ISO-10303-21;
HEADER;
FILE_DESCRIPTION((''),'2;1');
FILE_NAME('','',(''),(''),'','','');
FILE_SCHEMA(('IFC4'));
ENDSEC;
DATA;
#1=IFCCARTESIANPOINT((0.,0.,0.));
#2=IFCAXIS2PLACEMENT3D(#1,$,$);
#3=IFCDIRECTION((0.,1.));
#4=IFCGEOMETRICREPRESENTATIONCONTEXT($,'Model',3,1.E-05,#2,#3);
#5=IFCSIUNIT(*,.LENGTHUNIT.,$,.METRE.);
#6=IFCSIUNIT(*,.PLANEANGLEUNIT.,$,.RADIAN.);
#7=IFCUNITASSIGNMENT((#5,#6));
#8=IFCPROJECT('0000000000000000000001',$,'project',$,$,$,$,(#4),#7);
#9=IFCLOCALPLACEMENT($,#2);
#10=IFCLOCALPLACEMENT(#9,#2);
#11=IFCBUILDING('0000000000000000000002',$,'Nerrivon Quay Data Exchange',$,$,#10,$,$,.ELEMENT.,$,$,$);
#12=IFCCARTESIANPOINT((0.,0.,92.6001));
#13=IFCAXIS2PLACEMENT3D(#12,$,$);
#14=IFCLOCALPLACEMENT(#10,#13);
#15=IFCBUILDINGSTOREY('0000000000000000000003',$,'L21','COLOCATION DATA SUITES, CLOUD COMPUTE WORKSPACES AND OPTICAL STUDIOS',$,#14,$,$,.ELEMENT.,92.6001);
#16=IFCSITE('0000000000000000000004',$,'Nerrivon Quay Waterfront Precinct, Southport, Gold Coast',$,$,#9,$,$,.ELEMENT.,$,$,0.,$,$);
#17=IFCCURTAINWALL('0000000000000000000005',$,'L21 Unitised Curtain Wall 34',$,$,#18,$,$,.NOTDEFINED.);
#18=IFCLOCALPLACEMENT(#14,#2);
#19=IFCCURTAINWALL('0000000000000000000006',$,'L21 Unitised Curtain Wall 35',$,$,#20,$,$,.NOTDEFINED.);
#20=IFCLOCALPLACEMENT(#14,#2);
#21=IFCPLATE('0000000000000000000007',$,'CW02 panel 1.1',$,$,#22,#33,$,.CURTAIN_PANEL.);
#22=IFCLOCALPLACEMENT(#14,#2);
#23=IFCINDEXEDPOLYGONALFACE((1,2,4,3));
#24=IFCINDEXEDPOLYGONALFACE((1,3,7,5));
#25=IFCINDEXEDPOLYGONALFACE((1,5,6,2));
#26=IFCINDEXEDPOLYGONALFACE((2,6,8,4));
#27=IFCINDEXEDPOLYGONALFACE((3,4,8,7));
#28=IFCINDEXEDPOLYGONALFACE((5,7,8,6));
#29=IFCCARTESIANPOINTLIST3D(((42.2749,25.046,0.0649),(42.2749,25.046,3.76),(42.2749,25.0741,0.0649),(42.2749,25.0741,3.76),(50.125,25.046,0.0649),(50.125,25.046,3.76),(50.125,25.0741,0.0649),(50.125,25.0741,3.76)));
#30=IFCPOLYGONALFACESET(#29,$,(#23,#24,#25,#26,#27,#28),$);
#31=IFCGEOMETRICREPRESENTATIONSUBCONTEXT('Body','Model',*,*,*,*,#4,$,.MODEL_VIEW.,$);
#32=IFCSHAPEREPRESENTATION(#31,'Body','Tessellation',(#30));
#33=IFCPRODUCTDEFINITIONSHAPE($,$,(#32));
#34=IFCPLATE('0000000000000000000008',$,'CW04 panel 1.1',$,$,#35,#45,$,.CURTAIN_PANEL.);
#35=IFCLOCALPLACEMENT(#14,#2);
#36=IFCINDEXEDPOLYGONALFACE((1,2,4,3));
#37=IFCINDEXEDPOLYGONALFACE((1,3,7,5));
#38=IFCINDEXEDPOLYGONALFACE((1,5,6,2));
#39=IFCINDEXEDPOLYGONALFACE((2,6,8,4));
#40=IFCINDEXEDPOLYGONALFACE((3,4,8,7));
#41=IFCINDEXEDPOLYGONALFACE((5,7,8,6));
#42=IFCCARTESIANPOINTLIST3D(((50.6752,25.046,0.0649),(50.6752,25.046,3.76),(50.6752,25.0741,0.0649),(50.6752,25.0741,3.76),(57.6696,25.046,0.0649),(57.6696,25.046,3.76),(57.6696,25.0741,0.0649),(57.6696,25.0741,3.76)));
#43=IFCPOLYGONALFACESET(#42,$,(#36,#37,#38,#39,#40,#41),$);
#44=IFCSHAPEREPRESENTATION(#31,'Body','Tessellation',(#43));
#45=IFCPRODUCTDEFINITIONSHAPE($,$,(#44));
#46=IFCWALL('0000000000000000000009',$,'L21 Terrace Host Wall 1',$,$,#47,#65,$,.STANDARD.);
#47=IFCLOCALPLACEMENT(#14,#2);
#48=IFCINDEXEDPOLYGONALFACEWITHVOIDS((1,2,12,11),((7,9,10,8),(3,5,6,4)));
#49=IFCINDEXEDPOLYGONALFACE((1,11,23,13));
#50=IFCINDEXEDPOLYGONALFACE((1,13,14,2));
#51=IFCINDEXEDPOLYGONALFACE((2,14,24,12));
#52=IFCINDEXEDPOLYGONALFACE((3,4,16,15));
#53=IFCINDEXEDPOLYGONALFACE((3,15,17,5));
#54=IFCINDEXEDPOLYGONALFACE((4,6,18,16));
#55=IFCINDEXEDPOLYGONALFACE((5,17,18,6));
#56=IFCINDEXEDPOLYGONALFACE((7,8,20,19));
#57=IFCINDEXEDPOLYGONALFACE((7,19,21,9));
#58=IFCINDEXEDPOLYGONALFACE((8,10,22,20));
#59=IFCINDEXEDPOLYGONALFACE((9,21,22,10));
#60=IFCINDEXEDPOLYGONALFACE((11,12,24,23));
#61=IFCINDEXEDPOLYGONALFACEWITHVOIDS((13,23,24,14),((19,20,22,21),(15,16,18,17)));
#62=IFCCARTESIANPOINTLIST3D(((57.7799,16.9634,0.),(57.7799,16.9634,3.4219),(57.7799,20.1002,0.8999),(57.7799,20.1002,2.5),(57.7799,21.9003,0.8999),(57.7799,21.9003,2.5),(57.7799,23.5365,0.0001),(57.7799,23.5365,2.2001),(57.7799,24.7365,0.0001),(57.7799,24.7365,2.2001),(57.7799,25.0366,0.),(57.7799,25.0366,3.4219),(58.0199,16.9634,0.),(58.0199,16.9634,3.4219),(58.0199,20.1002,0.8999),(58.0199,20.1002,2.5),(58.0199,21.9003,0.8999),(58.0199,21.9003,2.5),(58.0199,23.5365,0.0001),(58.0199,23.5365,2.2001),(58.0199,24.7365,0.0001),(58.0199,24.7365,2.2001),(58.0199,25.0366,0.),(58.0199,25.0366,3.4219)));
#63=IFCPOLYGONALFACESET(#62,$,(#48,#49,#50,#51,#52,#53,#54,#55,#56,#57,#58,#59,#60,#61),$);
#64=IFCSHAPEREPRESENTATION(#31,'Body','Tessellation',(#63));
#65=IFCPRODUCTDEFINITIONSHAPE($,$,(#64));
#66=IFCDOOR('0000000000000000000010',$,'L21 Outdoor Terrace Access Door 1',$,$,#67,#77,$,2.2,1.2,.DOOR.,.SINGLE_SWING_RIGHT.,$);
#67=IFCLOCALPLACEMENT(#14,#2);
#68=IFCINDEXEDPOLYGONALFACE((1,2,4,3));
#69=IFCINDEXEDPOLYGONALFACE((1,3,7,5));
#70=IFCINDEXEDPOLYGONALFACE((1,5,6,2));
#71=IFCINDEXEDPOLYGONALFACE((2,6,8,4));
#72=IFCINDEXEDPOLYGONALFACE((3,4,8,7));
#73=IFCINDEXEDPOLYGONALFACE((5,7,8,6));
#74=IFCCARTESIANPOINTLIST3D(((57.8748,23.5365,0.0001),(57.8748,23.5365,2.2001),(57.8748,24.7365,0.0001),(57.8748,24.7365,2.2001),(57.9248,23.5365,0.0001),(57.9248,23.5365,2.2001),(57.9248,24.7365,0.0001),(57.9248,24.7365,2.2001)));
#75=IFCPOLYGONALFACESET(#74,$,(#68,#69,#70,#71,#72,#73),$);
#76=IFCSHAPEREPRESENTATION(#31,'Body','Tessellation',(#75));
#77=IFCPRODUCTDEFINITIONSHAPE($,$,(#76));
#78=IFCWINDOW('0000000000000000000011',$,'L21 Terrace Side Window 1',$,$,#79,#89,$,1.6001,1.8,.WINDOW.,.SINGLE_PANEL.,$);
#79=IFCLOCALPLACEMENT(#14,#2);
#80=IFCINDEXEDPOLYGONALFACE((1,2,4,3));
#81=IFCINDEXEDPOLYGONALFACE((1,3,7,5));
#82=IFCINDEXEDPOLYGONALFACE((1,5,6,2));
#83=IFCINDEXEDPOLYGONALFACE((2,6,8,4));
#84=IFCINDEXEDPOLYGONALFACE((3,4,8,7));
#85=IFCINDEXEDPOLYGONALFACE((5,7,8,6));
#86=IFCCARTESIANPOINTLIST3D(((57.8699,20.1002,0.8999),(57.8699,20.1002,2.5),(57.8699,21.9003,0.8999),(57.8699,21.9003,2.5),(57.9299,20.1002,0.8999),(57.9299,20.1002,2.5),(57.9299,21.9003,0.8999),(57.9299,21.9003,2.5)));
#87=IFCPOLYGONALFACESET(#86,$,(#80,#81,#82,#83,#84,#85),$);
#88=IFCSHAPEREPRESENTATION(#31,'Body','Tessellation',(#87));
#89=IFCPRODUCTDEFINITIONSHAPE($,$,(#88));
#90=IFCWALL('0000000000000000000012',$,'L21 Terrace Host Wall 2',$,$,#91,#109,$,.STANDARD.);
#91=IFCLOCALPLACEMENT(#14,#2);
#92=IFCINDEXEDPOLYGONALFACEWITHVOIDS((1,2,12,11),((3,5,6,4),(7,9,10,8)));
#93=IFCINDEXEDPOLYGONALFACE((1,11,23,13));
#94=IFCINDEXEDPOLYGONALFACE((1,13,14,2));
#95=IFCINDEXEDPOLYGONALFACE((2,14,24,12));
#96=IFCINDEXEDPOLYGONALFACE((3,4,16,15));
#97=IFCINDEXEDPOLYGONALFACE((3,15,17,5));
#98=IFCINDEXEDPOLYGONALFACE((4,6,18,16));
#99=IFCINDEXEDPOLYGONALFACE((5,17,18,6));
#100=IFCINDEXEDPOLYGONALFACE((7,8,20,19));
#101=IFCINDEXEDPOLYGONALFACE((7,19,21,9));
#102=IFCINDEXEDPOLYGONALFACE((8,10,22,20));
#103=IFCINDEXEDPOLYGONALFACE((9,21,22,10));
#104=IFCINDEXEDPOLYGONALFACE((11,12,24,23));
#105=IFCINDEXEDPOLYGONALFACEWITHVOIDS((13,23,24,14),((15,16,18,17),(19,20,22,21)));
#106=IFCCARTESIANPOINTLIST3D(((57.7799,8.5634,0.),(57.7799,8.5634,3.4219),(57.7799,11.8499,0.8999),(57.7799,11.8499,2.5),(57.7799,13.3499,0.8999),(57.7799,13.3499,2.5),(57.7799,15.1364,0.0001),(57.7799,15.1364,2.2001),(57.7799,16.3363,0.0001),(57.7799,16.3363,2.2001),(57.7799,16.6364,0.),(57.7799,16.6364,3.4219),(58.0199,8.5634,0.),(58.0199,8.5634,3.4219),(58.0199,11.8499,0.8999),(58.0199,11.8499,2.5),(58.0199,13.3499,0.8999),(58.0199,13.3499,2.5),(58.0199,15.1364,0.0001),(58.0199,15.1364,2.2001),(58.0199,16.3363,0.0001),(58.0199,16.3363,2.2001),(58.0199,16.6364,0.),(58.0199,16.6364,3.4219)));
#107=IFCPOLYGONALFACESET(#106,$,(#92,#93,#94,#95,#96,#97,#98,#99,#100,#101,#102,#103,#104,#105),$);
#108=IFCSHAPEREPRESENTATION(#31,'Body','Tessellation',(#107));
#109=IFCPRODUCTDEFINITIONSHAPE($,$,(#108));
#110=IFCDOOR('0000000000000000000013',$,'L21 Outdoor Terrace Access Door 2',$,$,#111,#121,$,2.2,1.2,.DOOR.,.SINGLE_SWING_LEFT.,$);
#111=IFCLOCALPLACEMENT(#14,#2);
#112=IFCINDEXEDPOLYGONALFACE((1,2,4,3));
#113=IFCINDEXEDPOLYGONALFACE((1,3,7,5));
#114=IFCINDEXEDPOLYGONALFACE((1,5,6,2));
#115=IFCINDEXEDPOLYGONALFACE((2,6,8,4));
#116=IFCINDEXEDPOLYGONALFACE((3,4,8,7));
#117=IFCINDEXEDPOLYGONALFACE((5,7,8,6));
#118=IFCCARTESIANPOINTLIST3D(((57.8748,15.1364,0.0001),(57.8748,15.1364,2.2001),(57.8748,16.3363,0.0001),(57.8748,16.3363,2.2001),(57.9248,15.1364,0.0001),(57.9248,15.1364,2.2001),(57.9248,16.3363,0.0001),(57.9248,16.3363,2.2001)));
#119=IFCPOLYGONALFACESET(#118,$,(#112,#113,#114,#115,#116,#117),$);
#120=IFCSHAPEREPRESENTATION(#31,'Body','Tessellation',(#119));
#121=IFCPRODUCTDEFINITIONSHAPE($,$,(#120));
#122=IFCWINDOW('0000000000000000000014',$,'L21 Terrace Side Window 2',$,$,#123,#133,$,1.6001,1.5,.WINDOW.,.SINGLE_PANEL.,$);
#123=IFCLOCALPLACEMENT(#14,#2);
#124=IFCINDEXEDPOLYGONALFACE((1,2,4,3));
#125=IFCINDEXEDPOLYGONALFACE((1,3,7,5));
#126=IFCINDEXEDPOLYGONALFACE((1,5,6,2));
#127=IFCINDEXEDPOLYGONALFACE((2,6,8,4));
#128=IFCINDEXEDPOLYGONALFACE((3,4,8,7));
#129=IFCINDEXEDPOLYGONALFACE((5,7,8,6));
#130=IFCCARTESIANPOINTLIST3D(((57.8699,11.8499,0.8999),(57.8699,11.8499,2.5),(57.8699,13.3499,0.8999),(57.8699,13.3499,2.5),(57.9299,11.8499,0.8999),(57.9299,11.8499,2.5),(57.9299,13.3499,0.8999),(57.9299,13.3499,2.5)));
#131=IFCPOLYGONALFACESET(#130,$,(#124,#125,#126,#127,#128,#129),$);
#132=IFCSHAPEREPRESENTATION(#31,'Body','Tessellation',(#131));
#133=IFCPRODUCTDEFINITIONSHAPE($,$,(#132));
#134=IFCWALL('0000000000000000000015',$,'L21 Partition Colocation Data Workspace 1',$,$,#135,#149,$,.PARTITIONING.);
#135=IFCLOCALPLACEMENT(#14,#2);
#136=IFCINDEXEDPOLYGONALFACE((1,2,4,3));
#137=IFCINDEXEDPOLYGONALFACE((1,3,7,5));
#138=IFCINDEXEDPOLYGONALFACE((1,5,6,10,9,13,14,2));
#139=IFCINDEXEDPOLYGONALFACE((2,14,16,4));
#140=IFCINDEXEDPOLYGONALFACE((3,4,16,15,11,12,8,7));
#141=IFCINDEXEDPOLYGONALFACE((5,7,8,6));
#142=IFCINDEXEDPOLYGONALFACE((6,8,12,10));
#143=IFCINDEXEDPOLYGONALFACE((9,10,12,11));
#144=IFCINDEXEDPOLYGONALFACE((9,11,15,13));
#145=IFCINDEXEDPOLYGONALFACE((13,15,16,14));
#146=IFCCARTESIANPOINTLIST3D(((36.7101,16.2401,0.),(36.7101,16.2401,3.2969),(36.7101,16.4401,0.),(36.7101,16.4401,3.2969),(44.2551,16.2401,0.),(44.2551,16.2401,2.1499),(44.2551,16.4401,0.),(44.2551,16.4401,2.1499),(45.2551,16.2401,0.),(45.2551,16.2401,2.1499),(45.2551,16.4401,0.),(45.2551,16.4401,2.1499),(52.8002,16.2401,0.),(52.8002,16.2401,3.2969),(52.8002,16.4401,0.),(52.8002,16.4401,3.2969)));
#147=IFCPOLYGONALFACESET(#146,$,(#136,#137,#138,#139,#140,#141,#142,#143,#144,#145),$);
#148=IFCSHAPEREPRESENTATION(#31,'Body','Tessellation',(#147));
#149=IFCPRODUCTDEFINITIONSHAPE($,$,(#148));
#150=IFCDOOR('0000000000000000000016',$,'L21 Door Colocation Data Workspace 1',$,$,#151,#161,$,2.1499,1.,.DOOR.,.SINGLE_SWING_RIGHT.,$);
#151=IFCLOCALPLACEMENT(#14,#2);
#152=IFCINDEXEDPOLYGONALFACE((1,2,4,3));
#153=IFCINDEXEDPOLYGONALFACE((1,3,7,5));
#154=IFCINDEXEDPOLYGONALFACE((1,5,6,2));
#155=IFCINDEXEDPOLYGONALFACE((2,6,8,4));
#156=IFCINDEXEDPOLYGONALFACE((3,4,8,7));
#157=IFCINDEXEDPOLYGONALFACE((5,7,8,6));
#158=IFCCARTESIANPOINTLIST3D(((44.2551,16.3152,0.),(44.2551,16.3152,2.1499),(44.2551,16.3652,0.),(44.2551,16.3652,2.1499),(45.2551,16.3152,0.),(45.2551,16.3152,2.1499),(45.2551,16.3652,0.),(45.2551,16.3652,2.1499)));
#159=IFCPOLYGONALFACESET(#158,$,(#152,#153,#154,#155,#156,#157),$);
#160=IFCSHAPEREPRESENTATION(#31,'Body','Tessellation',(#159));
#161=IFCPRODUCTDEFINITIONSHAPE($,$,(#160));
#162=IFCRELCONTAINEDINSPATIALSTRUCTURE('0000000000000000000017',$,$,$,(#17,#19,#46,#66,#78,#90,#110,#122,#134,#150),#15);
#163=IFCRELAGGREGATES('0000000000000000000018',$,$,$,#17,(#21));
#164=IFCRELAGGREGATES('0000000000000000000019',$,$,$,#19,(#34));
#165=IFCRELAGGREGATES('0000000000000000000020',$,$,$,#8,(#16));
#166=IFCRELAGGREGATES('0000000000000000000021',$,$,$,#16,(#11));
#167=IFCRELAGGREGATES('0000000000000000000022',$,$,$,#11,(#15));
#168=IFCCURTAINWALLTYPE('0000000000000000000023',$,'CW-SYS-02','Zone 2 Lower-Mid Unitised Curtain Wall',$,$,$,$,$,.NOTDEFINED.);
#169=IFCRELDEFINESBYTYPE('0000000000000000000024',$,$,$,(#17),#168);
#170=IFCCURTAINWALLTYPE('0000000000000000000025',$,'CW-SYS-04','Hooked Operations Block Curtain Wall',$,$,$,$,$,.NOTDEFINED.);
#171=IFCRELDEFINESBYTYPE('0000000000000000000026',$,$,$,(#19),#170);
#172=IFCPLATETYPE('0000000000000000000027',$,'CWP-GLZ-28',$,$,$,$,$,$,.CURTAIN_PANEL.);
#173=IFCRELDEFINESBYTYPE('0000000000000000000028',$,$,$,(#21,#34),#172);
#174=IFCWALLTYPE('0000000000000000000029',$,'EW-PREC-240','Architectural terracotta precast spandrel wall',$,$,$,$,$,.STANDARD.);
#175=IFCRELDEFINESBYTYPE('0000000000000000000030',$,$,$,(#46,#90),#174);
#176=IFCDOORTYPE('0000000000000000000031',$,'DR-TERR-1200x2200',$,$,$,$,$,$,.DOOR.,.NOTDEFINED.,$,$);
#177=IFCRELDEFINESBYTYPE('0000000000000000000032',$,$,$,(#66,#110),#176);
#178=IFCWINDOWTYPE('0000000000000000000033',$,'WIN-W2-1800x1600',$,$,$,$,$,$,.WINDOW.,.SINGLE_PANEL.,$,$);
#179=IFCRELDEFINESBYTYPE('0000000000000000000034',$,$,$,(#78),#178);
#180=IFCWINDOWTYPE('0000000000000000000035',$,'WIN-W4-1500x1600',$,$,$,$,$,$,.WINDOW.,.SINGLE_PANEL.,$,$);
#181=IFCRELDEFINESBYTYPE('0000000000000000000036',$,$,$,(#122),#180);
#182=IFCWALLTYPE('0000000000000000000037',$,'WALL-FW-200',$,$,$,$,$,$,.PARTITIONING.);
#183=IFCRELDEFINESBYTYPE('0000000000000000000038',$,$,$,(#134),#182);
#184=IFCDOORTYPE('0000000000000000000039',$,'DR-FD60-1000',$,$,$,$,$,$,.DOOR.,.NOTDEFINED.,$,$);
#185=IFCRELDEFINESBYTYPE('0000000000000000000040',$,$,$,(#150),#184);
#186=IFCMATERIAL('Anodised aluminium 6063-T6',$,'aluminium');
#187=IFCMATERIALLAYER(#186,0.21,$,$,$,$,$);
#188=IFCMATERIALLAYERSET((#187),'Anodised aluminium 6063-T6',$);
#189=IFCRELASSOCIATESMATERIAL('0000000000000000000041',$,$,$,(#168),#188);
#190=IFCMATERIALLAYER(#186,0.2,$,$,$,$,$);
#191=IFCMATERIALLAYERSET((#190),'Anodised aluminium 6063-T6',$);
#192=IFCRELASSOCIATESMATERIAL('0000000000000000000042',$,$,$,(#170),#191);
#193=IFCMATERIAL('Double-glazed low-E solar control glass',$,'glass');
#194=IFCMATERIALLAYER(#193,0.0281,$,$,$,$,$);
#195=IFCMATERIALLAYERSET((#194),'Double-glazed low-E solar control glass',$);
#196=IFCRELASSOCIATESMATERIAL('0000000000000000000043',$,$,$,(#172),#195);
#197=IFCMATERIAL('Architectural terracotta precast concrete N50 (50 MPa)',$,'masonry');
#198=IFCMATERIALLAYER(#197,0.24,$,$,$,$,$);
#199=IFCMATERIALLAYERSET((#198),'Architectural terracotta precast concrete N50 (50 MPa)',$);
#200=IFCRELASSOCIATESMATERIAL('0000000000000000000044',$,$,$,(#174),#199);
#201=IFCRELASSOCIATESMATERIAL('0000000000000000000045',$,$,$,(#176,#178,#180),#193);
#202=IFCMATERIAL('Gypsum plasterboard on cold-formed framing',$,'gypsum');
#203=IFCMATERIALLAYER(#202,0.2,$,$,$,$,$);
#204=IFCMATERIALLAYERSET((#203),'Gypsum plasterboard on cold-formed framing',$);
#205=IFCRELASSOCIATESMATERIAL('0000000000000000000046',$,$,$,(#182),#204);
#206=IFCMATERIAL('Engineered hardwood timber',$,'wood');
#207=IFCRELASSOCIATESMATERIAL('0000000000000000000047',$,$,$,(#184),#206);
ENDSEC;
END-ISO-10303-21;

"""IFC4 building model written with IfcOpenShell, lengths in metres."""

from ifc_helpers import new_model, si_unit, direction, frame, frame_2d, origin, origin_2d, place, context, subcontext, project, spatial, rectangle, extrude, material, layer, layer_set, type_object, element, fill, aggregate, save


model = new_model("IFC4")

# Units and contexts
model_context = context("Model", 3, precision=1e-05, world=origin(), true_north=direction((0.0, 1.0)))
body_context = subcontext(model_context, "Body", "Model", "MODEL_VIEW")
ifc_project = project(units=[si_unit("LENGTHUNIT", "METRE"), si_unit("PLANEANGLEUNIT", "RADIAN")], contexts=[model_context])

# Site, building, storey
site_placement = place(None, origin())
site = spatial("IfcSite", under=ifc_project, at=site_placement, Name="Nerrivon Quay Waterfront Precinct, Southport, Gold Coast", CompositionType="ELEMENT", RefElevation=0.0)
building_placement = place(site_placement, origin())
building = spatial("IfcBuilding", under=site, at=building_placement, Name="Nerrivon Quay Data Exchange", CompositionType="ELEMENT")
storey_placement = place(building_placement, frame((0.0, 0.0, 92.6001)))
storey = spatial("IfcBuildingStorey", under=building, at=storey_placement, Name="L21", Description="COLOCATION DATA SUITES, CLOUD COMPUTE WORKSPACES AND OPTICAL STUDIOS", CompositionType="ELEMENT", Elevation=92.6001)

# Curtain walls
ifc_material_1 = material(Name="Anodised aluminium 6063-T6", Category="aluminium")
ifc_layer_1 = layer(ifc_material_1, 0.21)
ifc_layer_set_1 = layer_set([ifc_layer_1], Name="Anodised aluminium 6063-T6")
curtain_wall_type_1 = type_object("IfcCurtainWallType", Name="CW-SYS-02", Description="Zone 2 Lower-Mid Unitised Curtain Wall", PredefinedType="NOTDEFINED", material=ifc_layer_set_1)
curtain_wall_1_placement = place(storey_placement, origin())
curtain_wall_1 = element("IfcCurtainWall", 1, at=curtain_wall_1_placement, inside=storey, type_object=curtain_wall_type_1, Name="L21 Unitised Curtain Wall 34", PredefinedType="NOTDEFINED")
ifc_layer_2 = layer(ifc_material_1, 0.2)
ifc_layer_set_2 = layer_set([ifc_layer_2], Name="Anodised aluminium 6063-T6")
curtain_wall_type_2 = type_object("IfcCurtainWallType", Name="CW-SYS-04", Description="Hooked Operations Block Curtain Wall", PredefinedType="NOTDEFINED", material=ifc_layer_set_2)
curtain_wall_2_placement = place(storey_placement, origin())
curtain_wall_2 = element("IfcCurtainWall", 2, at=curtain_wall_2_placement, inside=storey, type_object=curtain_wall_type_2, Name="L21 Unitised Curtain Wall 35", PredefinedType="NOTDEFINED")

# Plates
ifc_material_2 = material(Name="Double-glazed low-E solar control glass", Category="glass")
ifc_layer_3 = layer(ifc_material_2, 0.0281)
ifc_layer_set_3 = layer_set([ifc_layer_3], Name="Double-glazed low-E solar control glass")
plate_type = type_object("IfcPlateType", Name="CWP-GLZ-28", PredefinedType="CURTAIN_PANEL", material=ifc_layer_set_3)
plate_1_placement = place(storey_placement, frame((46.2, 25.0601, 0.0649), z_axis=(0.0, 0.0, 1.0), x_axis=(1.0, 0.0, 0.0)))
plate_1 = element("IfcPlate", 3, at=plate_1_placement, type_object=plate_type, Name="CW02 panel 1.1", PredefinedType="CURTAIN_PANEL", context=body_context, shape_type="SweptSolid", body=[
    extrude(rectangle(XDim=7.8501, YDim=0.0281, at=origin_2d()), origin(), (0.0, 0.0, 1.0), 3.6951),
])
aggregate(curtain_wall_1, [plate_1])
plate_2_placement = place(storey_placement, frame((54.1724, 25.0601, 0.0649), z_axis=(0.0, 0.0, 1.0), x_axis=(1.0, 0.0, 0.0)))
plate_2 = element("IfcPlate", 4, at=plate_2_placement, type_object=plate_type, Name="CW04 panel 1.1", PredefinedType="CURTAIN_PANEL", context=body_context, shape_type="SweptSolid", body=[
    extrude(rectangle(XDim=6.9944, YDim=0.0281, at=origin_2d()), origin(), (0.0, 0.0, 1.0), 3.6951),
])
aggregate(curtain_wall_2, [plate_2])

# Walls, openings, doors, windows
ifc_material_3 = material(Name="Architectural terracotta precast concrete N50 (50 MPa)", Category="masonry")
ifc_layer_4 = layer(ifc_material_3, 0.24)
ifc_layer_set_4 = layer_set([ifc_layer_4], Name="Architectural terracotta precast concrete N50 (50 MPa)")
wall_type_1 = type_object("IfcWallType", Name="EW-PREC-240", Description="Architectural terracotta precast spandrel wall", PredefinedType="STANDARD", material=ifc_layer_set_4)
wall_1_placement = place(storey_placement, frame((57.8999, 25.0366, 0.0), z_axis=(0.0, 0.0, 1.0), x_axis=(0.0, -1.0, 0.0)))
wall_1 = element("IfcWall", 5, at=wall_1_placement, inside=storey, type_object=wall_type_1, Name="L21 Terrace Host Wall 1", PredefinedType="STANDARD", context=body_context, shape_type="SweptSolid", body=[
    extrude(rectangle(XDim=8.0732, YDim=0.24, at=frame_2d((4.0366, 0.0))), origin(), (0.0, 0.0, 1.0), 3.4219),
])
opening_1_placement = place(wall_1_placement, frame((0.3, 0.0, 0.0)))
opening_1 = element("IfcOpeningElement", 6, at=opening_1_placement, cuts=wall_1, PredefinedType="OPENING", context=body_context, shape_type="SweptSolid", body=[
    extrude(rectangle(XDim=1.2, YDim=2.2, at=frame_2d((0.6001, 1.1001))), frame((0.0, 0.1299, 0.0), z_axis=(0.0, -1.0, 0.0), x_axis=(1.0, 0.0, 0.0)), (0.0, 0.0, 1.0), 0.26),
])
opening_2_placement = place(wall_1_placement, frame((3.1365, 0.0, 0.8999)))
opening_2 = element("IfcOpeningElement", 7, at=opening_2_placement, cuts=wall_1, PredefinedType="OPENING", context=body_context, shape_type="SweptSolid", body=[
    extrude(rectangle(XDim=1.8, YDim=1.6001, at=frame_2d((0.8999, 0.8))), frame((0.0, 0.1299, 0.0), z_axis=(0.0, -1.0, 0.0), x_axis=(1.0, 0.0, 0.0)), (0.0, 0.0, 1.0), 0.26),
])
door_type_1 = type_object("IfcDoorType", Name="DR-TERR-1200x2200", OperationType="NOTDEFINED", PredefinedType="DOOR", material=ifc_material_2)
door_1_placement = place(opening_1_placement, origin())
door_1 = element("IfcDoor", 8, at=door_1_placement, inside=storey, type_object=door_type_1, Name="L21 Outdoor Terrace Access Door 1", OperationType="SINGLE_SWING_RIGHT", OverallHeight=2.2, OverallWidth=1.2, PredefinedType="DOOR", context=body_context, shape_type="SweptSolid", body=[
    extrude(rectangle(XDim=1.2, YDim=2.2, at=frame_2d((0.6001, 1.1001))), frame((0.0, 0.0249, 0.0), z_axis=(0.0, -1.0, 0.0), x_axis=(1.0, 0.0, 0.0)), (0.0, 0.0, 1.0), 0.05),
])
fill(opening_1, door_1)
window_type_1 = type_object("IfcWindowType", Name="WIN-W2-1800x1600", PartitioningType="SINGLE_PANEL", PredefinedType="WINDOW", material=ifc_material_2)
window_1_placement = place(opening_2_placement, origin())
window_1 = element("IfcWindow", 9, at=window_1_placement, inside=storey, type_object=window_type_1, Name="L21 Terrace Side Window 1", OverallHeight=1.6001, OverallWidth=1.8, PartitioningType="SINGLE_PANEL", PredefinedType="WINDOW", context=body_context, shape_type="SweptSolid", body=[
    extrude(rectangle(XDim=1.8, YDim=1.6001, at=frame_2d((0.8999, 0.8))), frame((0.0, 0.03, 0.0), z_axis=(0.0, -1.0, 0.0), x_axis=(1.0, 0.0, 0.0)), (0.0, 0.0, 1.0), 0.0601),
])
fill(opening_2, window_1)
wall_2_placement = place(storey_placement, frame((57.8999, 16.6365, 0.0), z_axis=(0.0, 0.0, 1.0), x_axis=(0.0, -1.0, 0.0)))
wall_2 = element("IfcWall", 10, at=wall_2_placement, inside=storey, type_object=wall_type_1, Name="L21 Terrace Host Wall 2", PredefinedType="STANDARD", context=body_context, shape_type="SweptSolid", body=[
    extrude(rectangle(XDim=8.073, YDim=0.24, at=frame_2d((4.0366, 0.0))), origin(), (0.0, 0.0, 1.0), 3.4219),
])
opening_3_placement = place(wall_2_placement, frame((0.3, 0.0, 0.0)))
opening_3 = element("IfcOpeningElement", 11, at=opening_3_placement, cuts=wall_2, PredefinedType="OPENING", context=body_context, shape_type="SweptSolid", body=[
    extrude(rectangle(XDim=1.2, YDim=2.2, at=frame_2d((0.6001, 1.1001))), frame((0.0, 0.1299, 0.0), z_axis=(0.0, -1.0, 0.0), x_axis=(1.0, 0.0, 0.0)), (0.0, 0.0, 1.0), 0.26),
])
opening_4_placement = place(wall_2_placement, frame((3.2866, 0.0, 0.8999)))
opening_4 = element("IfcOpeningElement", 12, at=opening_4_placement, cuts=wall_2, PredefinedType="OPENING", context=body_context, shape_type="SweptSolid", body=[
    extrude(rectangle(XDim=1.5, YDim=1.6001, at=frame_2d((0.75, 0.8))), frame((0.0, 0.1299, 0.0), z_axis=(0.0, -1.0, 0.0), x_axis=(1.0, 0.0, 0.0)), (0.0, 0.0, 1.0), 0.26),
])
door_2_placement = place(opening_3_placement, origin())
door_2 = element("IfcDoor", 13, at=door_2_placement, inside=storey, type_object=door_type_1, Name="L21 Outdoor Terrace Access Door 2", OperationType="SINGLE_SWING_LEFT", OverallHeight=2.2, OverallWidth=1.2, PredefinedType="DOOR", context=body_context, shape_type="SweptSolid", body=[
    extrude(rectangle(XDim=1.2, YDim=2.2, at=frame_2d((0.6001, 1.1001))), frame((0.0, 0.0249, 0.0), z_axis=(0.0, -1.0, 0.0), x_axis=(1.0, 0.0, 0.0)), (0.0, 0.0, 1.0), 0.05),
])
fill(opening_3, door_2)
window_type_2 = type_object("IfcWindowType", Name="WIN-W4-1500x1600", PartitioningType="SINGLE_PANEL", PredefinedType="WINDOW", material=ifc_material_2)
window_2_placement = place(opening_4_placement, origin())
window_2 = element("IfcWindow", 14, at=window_2_placement, inside=storey, type_object=window_type_2, Name="L21 Terrace Side Window 2", OverallHeight=1.6001, OverallWidth=1.5, PartitioningType="SINGLE_PANEL", PredefinedType="WINDOW", context=body_context, shape_type="SweptSolid", body=[
    extrude(rectangle(XDim=1.5, YDim=1.6001, at=frame_2d((0.75, 0.8))), frame((0.0, 0.03, 0.0), z_axis=(0.0, -1.0, 0.0), x_axis=(1.0, 0.0, 0.0)), (0.0, 0.0, 1.0), 0.0601),
])
fill(opening_4, window_2)

# Wall, opening, door
ifc_material_4 = material(Name="Gypsum plasterboard on cold-formed framing", Category="gypsum")
ifc_layer_5 = layer(ifc_material_4, 0.2)
ifc_layer_set_5 = layer_set([ifc_layer_5], Name="Gypsum plasterboard on cold-formed framing")
wall_type_2 = type_object("IfcWallType", Name="WALL-FW-200", PredefinedType="PARTITIONING", material=ifc_layer_set_5)
wall_3_placement = place(storey_placement, frame((52.8, 16.3401, 0.0), z_axis=(0.0, 0.0, 1.0), x_axis=(-1.0, 0.0, 0.0)))
wall_3 = element("IfcWall", 15, at=wall_3_placement, inside=storey, type_object=wall_type_2, Name="L21 Partition Colocation Data Workspace 1", PredefinedType="PARTITIONING", context=body_context, shape_type="SweptSolid", body=[
    extrude(rectangle(XDim=16.0901, YDim=0.2, at=frame_2d((8.0449, 0.0))), origin(), (0.0, 0.0, 1.0), 3.2969),
])
opening_5_placement = place(wall_3_placement, frame((7.5449, 0.0, 0.0)))
opening_5 = element("IfcOpeningElement", 16, at=opening_5_placement, cuts=wall_3, PredefinedType="OPENING", context=body_context, shape_type="SweptSolid", body=[
    extrude(rectangle(XDim=1.0, YDim=2.1499, at=frame_2d((0.5, 1.075))), frame((0.0, 0.1099, 0.0), z_axis=(0.0, -1.0, 0.0), x_axis=(1.0, 0.0, 0.0)), (0.0, 0.0, 1.0), 0.22),
])
ifc_material_5 = material(Name="Engineered hardwood timber", Category="wood")
door_type_2 = type_object("IfcDoorType", Name="DR-FD60-1000", OperationType="NOTDEFINED", PredefinedType="DOOR", material=ifc_material_5)
door_3_placement = place(opening_5_placement, origin())
door_3 = element("IfcDoor", 17, at=door_3_placement, inside=storey, type_object=door_type_2, Name="L21 Door Colocation Data Workspace 1", OperationType="SINGLE_SWING_RIGHT", OverallHeight=2.1499, OverallWidth=1.0, PredefinedType="DOOR", context=body_context, shape_type="SweptSolid", body=[
    extrude(rectangle(XDim=1.0, YDim=2.1499, at=frame_2d((0.5, 1.075))), frame((0.0, 0.0249, 0.0), z_axis=(0.0, -1.0, 0.0), x_axis=(1.0, 0.0, 0.0)), (0.0, 0.0, 1.0), 0.05),
])
fill(opening_5, door_3)

save(model, "model.ifc")
